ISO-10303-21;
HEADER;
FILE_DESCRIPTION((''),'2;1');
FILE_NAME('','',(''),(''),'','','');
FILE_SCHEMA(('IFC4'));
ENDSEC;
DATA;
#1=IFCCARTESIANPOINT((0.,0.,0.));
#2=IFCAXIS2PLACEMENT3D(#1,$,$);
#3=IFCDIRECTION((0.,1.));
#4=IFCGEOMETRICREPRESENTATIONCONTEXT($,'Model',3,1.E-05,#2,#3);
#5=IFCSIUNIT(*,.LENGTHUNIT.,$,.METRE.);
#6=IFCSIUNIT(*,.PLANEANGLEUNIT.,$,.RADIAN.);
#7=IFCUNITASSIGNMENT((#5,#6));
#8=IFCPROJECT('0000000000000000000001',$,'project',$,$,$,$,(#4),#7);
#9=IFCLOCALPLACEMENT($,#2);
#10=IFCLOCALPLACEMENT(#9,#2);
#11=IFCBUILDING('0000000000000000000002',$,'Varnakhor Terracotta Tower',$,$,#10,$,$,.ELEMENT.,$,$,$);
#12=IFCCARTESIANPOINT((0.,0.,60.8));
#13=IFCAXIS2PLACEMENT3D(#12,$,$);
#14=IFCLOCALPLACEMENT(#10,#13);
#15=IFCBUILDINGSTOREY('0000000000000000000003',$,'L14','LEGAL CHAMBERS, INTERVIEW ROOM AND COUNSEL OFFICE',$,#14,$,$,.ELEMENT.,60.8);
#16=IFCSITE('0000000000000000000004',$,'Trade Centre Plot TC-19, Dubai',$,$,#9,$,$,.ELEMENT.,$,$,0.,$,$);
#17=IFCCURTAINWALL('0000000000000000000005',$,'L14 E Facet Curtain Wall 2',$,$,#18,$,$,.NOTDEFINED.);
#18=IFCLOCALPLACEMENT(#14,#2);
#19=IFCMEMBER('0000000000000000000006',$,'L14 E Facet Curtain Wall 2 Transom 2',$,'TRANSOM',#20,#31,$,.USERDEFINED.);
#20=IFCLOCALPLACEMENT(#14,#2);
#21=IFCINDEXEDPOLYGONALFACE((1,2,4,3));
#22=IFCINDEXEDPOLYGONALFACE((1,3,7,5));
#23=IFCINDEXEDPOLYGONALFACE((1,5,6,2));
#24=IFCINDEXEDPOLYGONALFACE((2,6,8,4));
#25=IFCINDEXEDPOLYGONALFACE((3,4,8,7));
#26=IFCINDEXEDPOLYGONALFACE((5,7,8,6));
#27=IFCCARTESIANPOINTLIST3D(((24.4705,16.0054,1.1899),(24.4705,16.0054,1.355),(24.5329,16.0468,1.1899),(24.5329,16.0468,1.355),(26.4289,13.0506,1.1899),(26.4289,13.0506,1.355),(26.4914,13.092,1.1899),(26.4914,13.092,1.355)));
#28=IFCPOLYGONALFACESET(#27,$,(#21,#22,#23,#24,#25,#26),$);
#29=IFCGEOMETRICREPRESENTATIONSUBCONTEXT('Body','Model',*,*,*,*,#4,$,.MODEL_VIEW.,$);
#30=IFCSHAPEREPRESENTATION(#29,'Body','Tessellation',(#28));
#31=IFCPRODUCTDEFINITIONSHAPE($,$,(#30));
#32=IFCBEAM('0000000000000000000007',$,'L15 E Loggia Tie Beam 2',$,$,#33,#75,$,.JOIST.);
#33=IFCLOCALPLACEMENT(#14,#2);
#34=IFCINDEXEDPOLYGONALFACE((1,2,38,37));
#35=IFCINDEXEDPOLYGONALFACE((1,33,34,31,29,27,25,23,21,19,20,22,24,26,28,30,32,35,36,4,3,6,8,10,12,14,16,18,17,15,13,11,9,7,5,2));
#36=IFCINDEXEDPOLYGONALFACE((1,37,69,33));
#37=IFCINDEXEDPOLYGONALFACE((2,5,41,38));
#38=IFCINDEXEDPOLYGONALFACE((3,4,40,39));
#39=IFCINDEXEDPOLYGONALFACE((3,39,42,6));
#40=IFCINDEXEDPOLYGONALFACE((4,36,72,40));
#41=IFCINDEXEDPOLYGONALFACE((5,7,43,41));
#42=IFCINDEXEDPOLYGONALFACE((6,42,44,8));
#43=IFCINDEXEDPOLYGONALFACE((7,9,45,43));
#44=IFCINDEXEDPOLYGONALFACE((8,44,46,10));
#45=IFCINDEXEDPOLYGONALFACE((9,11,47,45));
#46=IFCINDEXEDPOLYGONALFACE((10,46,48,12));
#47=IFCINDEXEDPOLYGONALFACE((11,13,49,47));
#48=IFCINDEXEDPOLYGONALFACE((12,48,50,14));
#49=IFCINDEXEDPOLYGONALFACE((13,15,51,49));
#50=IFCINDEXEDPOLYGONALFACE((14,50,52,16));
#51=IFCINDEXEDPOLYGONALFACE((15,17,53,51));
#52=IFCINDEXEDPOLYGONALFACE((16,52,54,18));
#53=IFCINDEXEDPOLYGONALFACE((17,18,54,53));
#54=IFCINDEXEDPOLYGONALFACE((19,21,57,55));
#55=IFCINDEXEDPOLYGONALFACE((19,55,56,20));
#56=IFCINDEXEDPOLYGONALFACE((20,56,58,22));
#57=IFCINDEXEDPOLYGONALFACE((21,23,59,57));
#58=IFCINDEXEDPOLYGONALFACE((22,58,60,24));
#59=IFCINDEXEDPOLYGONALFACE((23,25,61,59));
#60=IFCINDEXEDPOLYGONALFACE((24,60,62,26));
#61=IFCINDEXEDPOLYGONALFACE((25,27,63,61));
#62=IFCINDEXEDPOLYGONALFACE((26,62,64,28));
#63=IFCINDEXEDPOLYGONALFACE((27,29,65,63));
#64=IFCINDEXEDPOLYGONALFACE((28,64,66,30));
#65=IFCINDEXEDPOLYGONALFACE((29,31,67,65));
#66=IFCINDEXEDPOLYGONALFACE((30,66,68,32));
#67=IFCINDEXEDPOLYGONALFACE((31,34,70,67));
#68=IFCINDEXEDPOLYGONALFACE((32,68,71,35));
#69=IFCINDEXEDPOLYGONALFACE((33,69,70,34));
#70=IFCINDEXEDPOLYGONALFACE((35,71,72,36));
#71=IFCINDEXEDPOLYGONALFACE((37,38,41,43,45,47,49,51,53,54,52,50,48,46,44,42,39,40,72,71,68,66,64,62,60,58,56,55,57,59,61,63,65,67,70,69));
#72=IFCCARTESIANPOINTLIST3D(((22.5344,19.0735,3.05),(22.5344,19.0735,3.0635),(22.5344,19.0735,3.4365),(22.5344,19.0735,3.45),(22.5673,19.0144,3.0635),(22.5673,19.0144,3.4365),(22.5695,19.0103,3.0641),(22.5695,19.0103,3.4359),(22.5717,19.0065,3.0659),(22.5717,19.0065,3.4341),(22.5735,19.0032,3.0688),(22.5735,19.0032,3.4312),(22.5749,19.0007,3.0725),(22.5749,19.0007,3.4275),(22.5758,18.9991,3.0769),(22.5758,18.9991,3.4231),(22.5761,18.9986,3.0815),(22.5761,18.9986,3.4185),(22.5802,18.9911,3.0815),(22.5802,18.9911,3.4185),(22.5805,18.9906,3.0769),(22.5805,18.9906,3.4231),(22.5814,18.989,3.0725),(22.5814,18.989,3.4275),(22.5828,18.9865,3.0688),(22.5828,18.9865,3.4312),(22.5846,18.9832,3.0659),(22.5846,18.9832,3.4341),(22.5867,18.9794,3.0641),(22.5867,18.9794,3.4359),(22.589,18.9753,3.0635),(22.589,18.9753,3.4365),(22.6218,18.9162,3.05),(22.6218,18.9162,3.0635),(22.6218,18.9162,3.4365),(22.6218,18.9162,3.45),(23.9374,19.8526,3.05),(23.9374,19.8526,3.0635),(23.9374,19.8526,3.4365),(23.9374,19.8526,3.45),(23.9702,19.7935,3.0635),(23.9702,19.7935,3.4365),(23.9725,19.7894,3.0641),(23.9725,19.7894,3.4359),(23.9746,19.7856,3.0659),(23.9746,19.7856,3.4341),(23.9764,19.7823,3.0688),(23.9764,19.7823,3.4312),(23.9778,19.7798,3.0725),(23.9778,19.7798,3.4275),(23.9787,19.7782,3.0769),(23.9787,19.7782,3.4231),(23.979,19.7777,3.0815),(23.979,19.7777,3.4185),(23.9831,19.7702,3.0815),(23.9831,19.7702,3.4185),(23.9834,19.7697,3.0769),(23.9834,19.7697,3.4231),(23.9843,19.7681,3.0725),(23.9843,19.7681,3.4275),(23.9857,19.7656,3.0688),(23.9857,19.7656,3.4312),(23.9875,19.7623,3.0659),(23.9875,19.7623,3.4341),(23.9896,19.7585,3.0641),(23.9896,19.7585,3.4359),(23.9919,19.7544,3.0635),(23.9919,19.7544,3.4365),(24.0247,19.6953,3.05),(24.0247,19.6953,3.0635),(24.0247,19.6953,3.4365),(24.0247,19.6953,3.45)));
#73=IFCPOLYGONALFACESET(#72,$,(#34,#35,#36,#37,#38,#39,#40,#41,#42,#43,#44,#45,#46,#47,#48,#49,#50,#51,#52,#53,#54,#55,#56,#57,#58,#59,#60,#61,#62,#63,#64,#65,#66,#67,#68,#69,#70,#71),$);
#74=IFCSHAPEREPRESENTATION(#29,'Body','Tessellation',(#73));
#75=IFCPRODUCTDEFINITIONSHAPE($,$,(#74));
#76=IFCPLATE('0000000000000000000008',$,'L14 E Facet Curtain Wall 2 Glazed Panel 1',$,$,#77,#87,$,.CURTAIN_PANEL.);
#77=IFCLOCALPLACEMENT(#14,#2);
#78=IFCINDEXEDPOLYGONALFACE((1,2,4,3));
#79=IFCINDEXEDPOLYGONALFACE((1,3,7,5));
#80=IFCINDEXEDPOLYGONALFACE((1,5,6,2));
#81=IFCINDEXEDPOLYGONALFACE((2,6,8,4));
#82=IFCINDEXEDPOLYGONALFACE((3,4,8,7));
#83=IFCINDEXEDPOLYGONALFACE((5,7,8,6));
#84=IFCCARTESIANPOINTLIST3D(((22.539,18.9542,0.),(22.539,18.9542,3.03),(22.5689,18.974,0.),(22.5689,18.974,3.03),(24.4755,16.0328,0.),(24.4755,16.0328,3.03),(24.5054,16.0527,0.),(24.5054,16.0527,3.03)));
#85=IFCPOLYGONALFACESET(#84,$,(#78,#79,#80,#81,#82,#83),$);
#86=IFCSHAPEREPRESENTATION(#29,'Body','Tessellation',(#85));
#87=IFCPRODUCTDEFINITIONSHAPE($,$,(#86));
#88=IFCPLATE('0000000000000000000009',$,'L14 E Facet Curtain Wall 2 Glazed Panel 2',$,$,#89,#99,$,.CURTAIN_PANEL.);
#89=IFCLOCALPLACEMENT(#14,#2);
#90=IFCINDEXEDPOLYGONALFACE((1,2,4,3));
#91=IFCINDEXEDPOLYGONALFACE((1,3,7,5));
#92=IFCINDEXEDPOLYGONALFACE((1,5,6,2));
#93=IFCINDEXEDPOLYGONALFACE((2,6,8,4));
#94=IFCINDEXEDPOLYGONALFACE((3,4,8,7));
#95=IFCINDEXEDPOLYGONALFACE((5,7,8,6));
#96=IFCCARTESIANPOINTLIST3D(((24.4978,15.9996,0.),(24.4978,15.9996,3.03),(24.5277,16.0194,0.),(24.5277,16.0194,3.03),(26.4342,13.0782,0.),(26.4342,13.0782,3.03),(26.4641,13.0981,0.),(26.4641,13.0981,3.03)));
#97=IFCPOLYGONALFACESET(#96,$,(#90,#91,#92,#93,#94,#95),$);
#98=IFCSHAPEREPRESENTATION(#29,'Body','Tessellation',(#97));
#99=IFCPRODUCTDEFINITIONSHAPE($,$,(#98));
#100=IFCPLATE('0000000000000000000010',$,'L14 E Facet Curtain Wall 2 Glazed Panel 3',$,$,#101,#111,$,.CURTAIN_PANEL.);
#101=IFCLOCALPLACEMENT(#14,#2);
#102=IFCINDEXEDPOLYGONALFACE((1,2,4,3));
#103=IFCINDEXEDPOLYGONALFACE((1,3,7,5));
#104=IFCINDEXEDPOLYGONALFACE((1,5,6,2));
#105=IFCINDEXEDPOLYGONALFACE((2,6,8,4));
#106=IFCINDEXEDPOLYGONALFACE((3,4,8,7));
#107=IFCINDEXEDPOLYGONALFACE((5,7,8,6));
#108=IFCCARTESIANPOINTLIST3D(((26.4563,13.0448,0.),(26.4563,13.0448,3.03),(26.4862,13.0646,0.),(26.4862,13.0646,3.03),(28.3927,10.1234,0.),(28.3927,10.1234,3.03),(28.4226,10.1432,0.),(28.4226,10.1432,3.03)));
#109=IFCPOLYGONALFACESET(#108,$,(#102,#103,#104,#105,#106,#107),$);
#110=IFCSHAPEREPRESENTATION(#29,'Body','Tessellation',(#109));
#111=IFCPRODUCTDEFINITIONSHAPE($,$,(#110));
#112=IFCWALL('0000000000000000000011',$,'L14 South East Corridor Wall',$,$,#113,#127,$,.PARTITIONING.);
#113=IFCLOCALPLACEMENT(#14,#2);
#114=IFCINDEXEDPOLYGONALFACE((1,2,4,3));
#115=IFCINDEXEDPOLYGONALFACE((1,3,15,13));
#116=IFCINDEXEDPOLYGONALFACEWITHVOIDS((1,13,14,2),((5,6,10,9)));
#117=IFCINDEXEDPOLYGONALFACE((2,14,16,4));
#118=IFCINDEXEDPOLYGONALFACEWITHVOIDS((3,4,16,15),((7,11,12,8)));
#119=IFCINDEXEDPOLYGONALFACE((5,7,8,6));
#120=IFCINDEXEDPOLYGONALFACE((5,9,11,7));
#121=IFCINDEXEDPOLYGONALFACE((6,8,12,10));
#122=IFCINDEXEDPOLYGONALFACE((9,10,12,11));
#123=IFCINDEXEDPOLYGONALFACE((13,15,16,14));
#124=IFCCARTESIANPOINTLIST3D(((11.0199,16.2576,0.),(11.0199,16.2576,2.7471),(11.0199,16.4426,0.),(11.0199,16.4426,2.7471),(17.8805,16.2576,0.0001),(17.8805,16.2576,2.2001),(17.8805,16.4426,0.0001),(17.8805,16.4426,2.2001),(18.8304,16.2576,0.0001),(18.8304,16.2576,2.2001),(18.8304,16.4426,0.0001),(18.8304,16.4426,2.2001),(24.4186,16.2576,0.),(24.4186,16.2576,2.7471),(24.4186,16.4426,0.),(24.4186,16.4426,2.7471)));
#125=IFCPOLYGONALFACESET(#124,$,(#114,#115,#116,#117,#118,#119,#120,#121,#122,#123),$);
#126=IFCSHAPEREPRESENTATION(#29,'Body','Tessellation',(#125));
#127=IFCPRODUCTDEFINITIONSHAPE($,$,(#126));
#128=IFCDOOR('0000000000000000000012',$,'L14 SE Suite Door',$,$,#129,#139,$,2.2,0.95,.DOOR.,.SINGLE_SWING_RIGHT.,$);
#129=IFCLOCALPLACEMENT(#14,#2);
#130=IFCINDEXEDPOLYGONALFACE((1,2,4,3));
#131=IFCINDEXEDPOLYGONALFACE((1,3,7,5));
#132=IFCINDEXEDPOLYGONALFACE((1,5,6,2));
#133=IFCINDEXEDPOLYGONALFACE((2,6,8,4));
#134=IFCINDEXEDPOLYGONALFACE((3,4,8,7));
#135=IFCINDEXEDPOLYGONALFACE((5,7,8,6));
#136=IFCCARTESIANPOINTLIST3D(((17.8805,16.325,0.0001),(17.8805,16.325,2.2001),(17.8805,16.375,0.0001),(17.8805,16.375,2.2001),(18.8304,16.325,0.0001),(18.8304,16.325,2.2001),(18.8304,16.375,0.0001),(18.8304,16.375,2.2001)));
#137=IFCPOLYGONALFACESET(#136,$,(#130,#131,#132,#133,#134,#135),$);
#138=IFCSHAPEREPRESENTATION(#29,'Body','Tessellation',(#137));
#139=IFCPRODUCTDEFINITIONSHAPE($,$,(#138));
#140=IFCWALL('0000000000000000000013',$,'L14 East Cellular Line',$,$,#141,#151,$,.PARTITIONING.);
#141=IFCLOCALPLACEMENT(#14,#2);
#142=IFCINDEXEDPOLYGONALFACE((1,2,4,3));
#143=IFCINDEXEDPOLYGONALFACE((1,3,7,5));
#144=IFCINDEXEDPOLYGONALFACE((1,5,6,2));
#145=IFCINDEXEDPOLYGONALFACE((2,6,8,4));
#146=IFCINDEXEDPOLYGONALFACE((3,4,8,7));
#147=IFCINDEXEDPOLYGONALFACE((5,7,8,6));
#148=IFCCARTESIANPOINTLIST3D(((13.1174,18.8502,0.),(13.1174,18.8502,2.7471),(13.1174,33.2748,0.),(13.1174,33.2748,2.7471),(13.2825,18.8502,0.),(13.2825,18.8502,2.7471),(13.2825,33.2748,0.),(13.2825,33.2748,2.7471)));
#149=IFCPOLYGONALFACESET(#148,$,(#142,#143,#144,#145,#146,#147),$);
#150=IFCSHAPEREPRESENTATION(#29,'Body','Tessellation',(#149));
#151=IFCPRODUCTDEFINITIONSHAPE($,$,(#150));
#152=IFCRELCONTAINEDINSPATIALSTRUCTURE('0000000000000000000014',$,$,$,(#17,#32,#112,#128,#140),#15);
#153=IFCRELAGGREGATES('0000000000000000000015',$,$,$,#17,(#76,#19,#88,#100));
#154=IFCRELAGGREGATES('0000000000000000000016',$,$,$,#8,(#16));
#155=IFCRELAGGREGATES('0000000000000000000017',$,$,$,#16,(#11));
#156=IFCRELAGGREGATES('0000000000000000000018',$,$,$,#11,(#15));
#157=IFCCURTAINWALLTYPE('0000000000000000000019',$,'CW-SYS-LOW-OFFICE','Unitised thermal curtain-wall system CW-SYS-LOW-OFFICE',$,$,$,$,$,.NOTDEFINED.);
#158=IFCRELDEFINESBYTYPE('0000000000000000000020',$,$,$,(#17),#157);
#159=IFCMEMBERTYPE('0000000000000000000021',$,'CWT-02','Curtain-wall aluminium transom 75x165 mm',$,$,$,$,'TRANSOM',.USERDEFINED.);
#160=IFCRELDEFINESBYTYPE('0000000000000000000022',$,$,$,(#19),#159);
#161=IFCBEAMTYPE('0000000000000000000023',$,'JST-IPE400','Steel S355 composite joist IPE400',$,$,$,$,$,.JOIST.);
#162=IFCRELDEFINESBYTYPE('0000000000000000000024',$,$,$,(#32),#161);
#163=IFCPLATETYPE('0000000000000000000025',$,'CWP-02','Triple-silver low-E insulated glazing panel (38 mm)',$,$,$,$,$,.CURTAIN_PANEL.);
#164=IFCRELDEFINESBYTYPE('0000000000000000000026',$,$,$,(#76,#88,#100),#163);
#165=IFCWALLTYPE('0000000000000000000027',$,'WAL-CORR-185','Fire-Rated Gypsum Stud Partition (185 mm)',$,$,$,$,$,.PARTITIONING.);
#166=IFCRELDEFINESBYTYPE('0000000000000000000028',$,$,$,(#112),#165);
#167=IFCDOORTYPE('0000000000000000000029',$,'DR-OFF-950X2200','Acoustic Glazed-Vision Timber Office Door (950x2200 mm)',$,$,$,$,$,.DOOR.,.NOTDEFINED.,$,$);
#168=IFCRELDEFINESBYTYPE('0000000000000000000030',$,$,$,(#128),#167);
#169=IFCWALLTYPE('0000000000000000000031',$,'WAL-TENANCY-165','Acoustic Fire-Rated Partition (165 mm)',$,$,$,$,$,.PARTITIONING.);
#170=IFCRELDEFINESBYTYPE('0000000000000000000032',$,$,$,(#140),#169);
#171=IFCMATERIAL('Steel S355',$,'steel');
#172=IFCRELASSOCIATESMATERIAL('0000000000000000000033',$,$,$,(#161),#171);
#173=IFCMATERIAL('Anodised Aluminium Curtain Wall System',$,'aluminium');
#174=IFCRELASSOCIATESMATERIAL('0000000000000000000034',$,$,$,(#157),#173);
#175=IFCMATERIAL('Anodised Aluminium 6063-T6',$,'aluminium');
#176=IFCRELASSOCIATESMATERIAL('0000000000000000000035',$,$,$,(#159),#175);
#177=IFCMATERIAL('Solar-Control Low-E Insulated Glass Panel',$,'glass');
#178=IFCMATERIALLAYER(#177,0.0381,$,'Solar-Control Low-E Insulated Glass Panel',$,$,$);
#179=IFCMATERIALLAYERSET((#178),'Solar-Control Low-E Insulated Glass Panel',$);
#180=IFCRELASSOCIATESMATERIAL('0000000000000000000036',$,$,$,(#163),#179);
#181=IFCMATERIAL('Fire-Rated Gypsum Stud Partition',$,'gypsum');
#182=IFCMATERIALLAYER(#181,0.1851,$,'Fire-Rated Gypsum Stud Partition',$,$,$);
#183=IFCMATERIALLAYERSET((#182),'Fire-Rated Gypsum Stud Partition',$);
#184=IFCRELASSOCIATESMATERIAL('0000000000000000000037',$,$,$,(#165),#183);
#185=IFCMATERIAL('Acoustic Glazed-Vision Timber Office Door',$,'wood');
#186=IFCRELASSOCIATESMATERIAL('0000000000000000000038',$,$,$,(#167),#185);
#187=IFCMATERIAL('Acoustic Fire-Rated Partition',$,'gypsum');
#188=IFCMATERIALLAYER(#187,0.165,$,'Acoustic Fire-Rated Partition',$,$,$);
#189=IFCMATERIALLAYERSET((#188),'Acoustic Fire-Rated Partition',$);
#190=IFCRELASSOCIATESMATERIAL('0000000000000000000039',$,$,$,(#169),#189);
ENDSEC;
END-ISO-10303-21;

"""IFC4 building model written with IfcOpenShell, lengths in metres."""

from ifc_helpers import new_model, si_unit, direction, frame, frame_2d, origin, origin_2d, place, context, subcontext, project, spatial, rectangle, i_section, extrude, source, transform, mapped, material, layer, layer_set, material_profile, profile_set, type_object, type_shapes, element, fill, aggregate, save


model = new_model("IFC4")

# Units and contexts
model_context = context("Model", 3, precision=1e-05, world=origin(), true_north=direction((0.0, 1.0)))
body_context = subcontext(model_context, "Body", "Model", "MODEL_VIEW")
ifc_project = project(units=[si_unit("LENGTHUNIT", "METRE"), si_unit("PLANEANGLEUNIT", "RADIAN")], contexts=[model_context])

# Site, building, storey
site_placement = place(None, origin())
site = spatial("IfcSite", under=ifc_project, at=site_placement, Name="Trade Centre Plot TC-19, Dubai", CompositionType="ELEMENT", RefElevation=0.0)
building_placement = place(site_placement, origin())
building = spatial("IfcBuilding", under=site, at=building_placement, Name="Varnakhor Terracotta Tower", CompositionType="ELEMENT")
storey_placement = place(building_placement, frame((0.0, 0.0, 60.8)))
storey = spatial("IfcBuildingStorey", under=building, at=storey_placement, Name="L14", Description="LEGAL CHAMBERS, INTERVIEW ROOM AND COUNSEL OFFICE", CompositionType="ELEMENT", Elevation=60.8)

# Shared definitions
ifc_material_1 = material(Name="Steel S355", Category="steel")
ifc_material_profile_1 = material_profile(ifc_material_1, i_section(OverallWidth=0.1799, OverallDepth=0.3999, WebThickness=0.0085, FlangeThickness=0.0134, FilletRadius=0.0181, at=origin_2d()), Name="IPE400")
ifc_profile_set_1 = profile_set([ifc_material_profile_1], Name="Steel S355")
beam_type_1 = type_object("IfcBeamType", Name="JST-IPE400", Description="Steel S355 composite joist IPE400", PredefinedType="JOIST", material=ifc_profile_set_1)

# Curtain wall, member
ifc_material_2 = material(Name="Anodised Aluminium Curtain Wall System", Category="aluminium")
curtain_wall_type = type_object("IfcCurtainWallType", Name="CW-SYS-LOW-OFFICE", Description="Unitised thermal curtain-wall system CW-SYS-LOW-OFFICE", PredefinedType="NOTDEFINED", material=ifc_material_2)
curtain_wall_placement = place(storey_placement, origin())
curtain_wall = element("IfcCurtainWall", 1, at=curtain_wall_placement, inside=storey, type_object=curtain_wall_type, Name="L14 E Facet Curtain Wall 2", PredefinedType="NOTDEFINED")
ifc_material_3 = material(Name="Anodised Aluminium 6063-T6", Category="aluminium")
ifc_material_profile_2 = material_profile(ifc_material_3, rectangle(XDim=0.075, YDim=0.165, at=origin_2d()), Name="ALU TRANSOM 75x165")
ifc_profile_set_2 = profile_set([ifc_material_profile_2], Name="Anodised Aluminium 6063-T6")
member_type_1 = type_object("IfcMemberType", Name="CWT-02", Description="Curtain-wall aluminium transom 75x165 mm", ElementType="TRANSOM", PredefinedType="USERDEFINED", material=ifc_profile_set_2)
shared_shape_1 = source(origin(), body_context, "Body", "SweptSolid", [
    extrude(rectangle(XDim=0.075, YDim=0.165, at=origin_2d()), origin(), (0.0, 0.0, 1.0), 3.5449),
])
member_1_placement = place(storey_placement, frame((24.5017, 16.0261, 1.2725), z_axis=(0.552473, -0.833531, 0.0), x_axis=(0.833531, 0.552473, 0.0)))
member_1 = element("IfcMember", 2, at=member_1_placement, type_object=member_type_1, Name="L14 E Facet Curtain Wall 2 Transom 2", ObjectType="TRANSOM", PredefinedType="USERDEFINED", context=body_context, shape_type="MappedRepresentation", body=[
    mapped(shared_shape_1, transform((0.0, 0.0, 0.0), scale=1.0)),
])

# Beam
shared_shape_2 = source(origin(), body_context, "Body", "SweptSolid", [
    extrude(i_section(OverallWidth=0.1799, OverallDepth=0.3999, WebThickness=0.0085, FlangeThickness=0.0134, FilletRadius=0.0181, at=origin_2d()), origin(), (0.0, 0.0, 1.0), 1.6047),
])
beam_1_placement = place(storey_placement, frame((22.5781, 18.9949, 3.25), z_axis=(0.874236, 0.485501, 0.0), x_axis=(-0.485501, 0.874236, 0.0)))
element("IfcBeam", 3, at=beam_1_placement, inside=storey, type_object=beam_type_1, Name="L15 E Loggia Tie Beam 2", PredefinedType="JOIST", context=body_context, shape_type="MappedRepresentation", body=[
    mapped(shared_shape_2, transform((0.0, 0.0, 0.0), scale=1.0)),
])

# Plates
ifc_material_4 = material(Name="Solar-Control Low-E Insulated Glass Panel", Category="glass")
ifc_layer_1 = layer(ifc_material_4, 0.0381, Name="Solar-Control Low-E Insulated Glass Panel")
ifc_layer_set_1 = layer_set([ifc_layer_1], Name="Solar-Control Low-E Insulated Glass Panel")
plate_type = type_object("IfcPlateType", Name="CWP-02", Description="Triple-silver low-E insulated glazing panel (38 mm)", PredefinedType="CURTAIN_PANEL", material=ifc_layer_set_1)
shared_shape_3 = source(origin(), body_context, "Body", "SweptSolid", [
    extrude(rectangle(XDim=3.5049, YDim=0.0359, at=origin_2d()), origin(), (0.0, 0.0, 1.0), 3.03),
])
plate_1_placement = place(storey_placement, frame((23.5222, 17.5034, 0.0), z_axis=(0.0, 0.0, 1.0), x_axis=(0.552504, -0.83351, 0.0)))
plate_1 = element("IfcPlate", 4, at=plate_1_placement, type_object=plate_type, Name="L14 E Facet Curtain Wall 2 Glazed Panel 1", PredefinedType="CURTAIN_PANEL", context=body_context, shape_type="MappedRepresentation", body=[
    mapped(shared_shape_3, transform((0.0, 0.0, 0.0), scale=1.0)),
])
plate_2_placement = place(storey_placement, frame((25.481, 14.5488, 0.0), z_axis=(0.0, 0.0, 1.0), x_axis=(0.552504, -0.83351, 0.0)))
plate_2 = element("IfcPlate", 5, at=plate_2_placement, type_object=plate_type, Name="L14 E Facet Curtain Wall 2 Glazed Panel 2", PredefinedType="CURTAIN_PANEL", context=body_context, shape_type="MappedRepresentation", body=[
    mapped(shared_shape_3, transform((0.0, 0.0, 0.0), scale=1.0)),
])
plate_3_placement = place(storey_placement, frame((27.4395, 11.594, 0.0), z_axis=(0.0, 0.0, 1.0), x_axis=(0.552504, -0.83351, 0.0)))
plate_3 = element("IfcPlate", 6, at=plate_3_placement, type_object=plate_type, Name="L14 E Facet Curtain Wall 2 Glazed Panel 3", PredefinedType="CURTAIN_PANEL", context=body_context, shape_type="MappedRepresentation", body=[
    mapped(shared_shape_3, transform((0.0, 0.0, 0.0), scale=1.0)),
])
aggregate(curtain_wall, [plate_1, member_1, plate_2, plate_3])

# Wall, opening, door
ifc_material_5 = material(Name="Fire-Rated Gypsum Stud Partition", Category="gypsum")
ifc_layer_2 = layer(ifc_material_5, 0.1851, Name="Fire-Rated Gypsum Stud Partition")
ifc_layer_set_2 = layer_set([ifc_layer_2], Name="Fire-Rated Gypsum Stud Partition")
wall_type_1 = type_object("IfcWallType", Name="WAL-CORR-185", Description="Fire-Rated Gypsum Stud Partition (185 mm)", PredefinedType="PARTITIONING", material=ifc_layer_set_2)
wall_1_placement = place(storey_placement, frame((11.02, 16.3501, 0.0), z_axis=(0.0, 0.0, 1.0), x_axis=(1.0, 0.0, 0.0)))
wall_1 = element("IfcWall", 7, at=wall_1_placement, inside=storey, type_object=wall_type_1, Name="L14 South East Corridor Wall", PredefinedType="PARTITIONING", context=body_context, shape_type="SweptSolid", body=[
    extrude(rectangle(XDim=13.3987, YDim=0.1851, at=frame_2d((6.6992, 0.0))), origin(), (0.0, 0.0, 1.0), 2.7471),
])
opening_placement = place(wall_1_placement, frame((6.8604, 0.0, 0.0)))
opening = element("IfcOpeningElement", 8, at=opening_placement, cuts=wall_1, PredefinedType="OPENING", context=body_context, shape_type="SweptSolid", body=[
    extrude(rectangle(XDim=0.95, YDim=2.2, at=frame_2d((0.4751, 1.1001))), frame((0.0, 0.1025, 0.0), z_axis=(0.0, -1.0, 0.0), x_axis=(1.0, 0.0, 0.0)), (0.0, 0.0, 1.0), 0.2051),
])
ifc_material_6 = material(Name="Acoustic Glazed-Vision Timber Office Door", Category="wood")
door_type = type_object("IfcDoorType", Name="DR-OFF-950X2200", Description="Acoustic Glazed-Vision Timber Office Door (950x2200 mm)", OperationType="NOTDEFINED", PredefinedType="DOOR", material=ifc_material_6)
shared_shape_4 = source(origin(), body_context, "Body", "SweptSolid", [
    extrude(rectangle(XDim=0.95, YDim=2.2, at=frame_2d((0.4751, 1.1001))), frame((0.0, 0.0249, 0.0), z_axis=(0.0, -1.0, 0.0), x_axis=(1.0, 0.0, 0.0)), (0.0, 0.0, 1.0), 0.05),
])
type_shapes(door_type, [shared_shape_4])
door_placement = place(opening_placement, origin())
door = element("IfcDoor", 9, at=door_placement, inside=storey, type_object=door_type, Name="L14 SE Suite Door", OperationType="SINGLE_SWING_RIGHT", OverallHeight=2.2, OverallWidth=0.95, PredefinedType="DOOR", context=body_context, shape_type="MappedRepresentation", body=[
    mapped(shared_shape_4, transform((0.0, 0.0, 0.0), scale=1.0)),
])
fill(opening, door)

# Wall
ifc_material_7 = material(Name="Acoustic Fire-Rated Partition", Category="gypsum")
ifc_layer_3 = layer(ifc_material_7, 0.165, Name="Acoustic Fire-Rated Partition")
ifc_layer_set_3 = layer_set([ifc_layer_3], Name="Acoustic Fire-Rated Partition")
wall_type_2 = type_object("IfcWallType", Name="WAL-TENANCY-165", Description="Acoustic Fire-Rated Partition (165 mm)", PredefinedType="PARTITIONING", material=ifc_layer_set_3)
wall_2_placement = place(storey_placement, frame((13.2, 18.8501, 0.0), z_axis=(0.0, 0.0, 1.0), x_axis=(0.0, 1.0, 0.0)))
element("IfcWall", 10, at=wall_2_placement, inside=storey, type_object=wall_type_2, Name="L14 East Cellular Line", PredefinedType="PARTITIONING", context=body_context, shape_type="SweptSolid", body=[
    extrude(rectangle(XDim=14.4246, YDim=0.165, at=frame_2d((7.2124, 0.0))), origin(), (0.0, 0.0, 1.0), 2.7471),
])

save(model, "model.ifc")
